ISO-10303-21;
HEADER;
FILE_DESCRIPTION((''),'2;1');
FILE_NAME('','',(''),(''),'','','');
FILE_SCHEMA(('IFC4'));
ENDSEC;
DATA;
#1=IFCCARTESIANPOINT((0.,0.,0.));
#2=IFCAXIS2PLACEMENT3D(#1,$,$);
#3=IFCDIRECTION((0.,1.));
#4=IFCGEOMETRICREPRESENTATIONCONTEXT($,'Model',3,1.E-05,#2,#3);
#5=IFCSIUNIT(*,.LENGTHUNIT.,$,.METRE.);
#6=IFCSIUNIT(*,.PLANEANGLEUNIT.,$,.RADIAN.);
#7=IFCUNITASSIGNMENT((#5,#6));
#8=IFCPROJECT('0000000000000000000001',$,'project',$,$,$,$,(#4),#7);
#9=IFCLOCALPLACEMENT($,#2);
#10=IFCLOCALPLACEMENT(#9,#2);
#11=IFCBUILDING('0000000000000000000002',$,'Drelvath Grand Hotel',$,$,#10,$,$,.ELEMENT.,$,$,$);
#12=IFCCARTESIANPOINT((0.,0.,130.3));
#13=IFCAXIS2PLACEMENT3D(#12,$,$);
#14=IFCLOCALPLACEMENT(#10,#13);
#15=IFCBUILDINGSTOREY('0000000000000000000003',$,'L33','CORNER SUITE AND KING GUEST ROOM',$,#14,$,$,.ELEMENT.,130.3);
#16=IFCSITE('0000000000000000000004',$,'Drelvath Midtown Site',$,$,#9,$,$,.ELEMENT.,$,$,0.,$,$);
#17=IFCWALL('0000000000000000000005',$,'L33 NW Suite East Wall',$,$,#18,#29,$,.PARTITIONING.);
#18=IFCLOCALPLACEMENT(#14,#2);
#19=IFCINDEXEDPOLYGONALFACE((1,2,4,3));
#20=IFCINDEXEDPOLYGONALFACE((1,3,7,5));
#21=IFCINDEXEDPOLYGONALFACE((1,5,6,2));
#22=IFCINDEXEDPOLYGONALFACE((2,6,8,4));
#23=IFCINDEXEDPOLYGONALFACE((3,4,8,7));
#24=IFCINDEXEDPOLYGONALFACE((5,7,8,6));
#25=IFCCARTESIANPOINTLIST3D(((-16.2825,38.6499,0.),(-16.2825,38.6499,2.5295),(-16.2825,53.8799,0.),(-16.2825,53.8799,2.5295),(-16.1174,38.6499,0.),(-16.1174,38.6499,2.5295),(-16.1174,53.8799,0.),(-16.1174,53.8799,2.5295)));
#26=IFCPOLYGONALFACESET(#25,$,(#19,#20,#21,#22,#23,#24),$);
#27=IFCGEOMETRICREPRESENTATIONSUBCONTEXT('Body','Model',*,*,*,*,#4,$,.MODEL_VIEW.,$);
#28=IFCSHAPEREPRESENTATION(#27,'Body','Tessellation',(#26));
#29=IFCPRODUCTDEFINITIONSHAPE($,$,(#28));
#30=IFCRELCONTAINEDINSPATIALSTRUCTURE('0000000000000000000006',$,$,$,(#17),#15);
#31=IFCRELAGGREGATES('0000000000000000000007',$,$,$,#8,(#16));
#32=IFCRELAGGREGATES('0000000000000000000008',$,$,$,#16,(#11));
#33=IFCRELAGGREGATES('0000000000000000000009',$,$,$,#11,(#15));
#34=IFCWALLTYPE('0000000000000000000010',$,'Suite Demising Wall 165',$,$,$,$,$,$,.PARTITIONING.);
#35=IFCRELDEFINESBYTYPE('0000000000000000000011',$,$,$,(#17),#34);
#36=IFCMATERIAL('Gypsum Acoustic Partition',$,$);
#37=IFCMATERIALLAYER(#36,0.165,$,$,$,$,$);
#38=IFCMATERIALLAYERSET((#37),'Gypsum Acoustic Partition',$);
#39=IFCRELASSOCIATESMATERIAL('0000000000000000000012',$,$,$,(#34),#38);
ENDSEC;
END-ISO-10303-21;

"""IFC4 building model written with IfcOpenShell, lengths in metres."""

from ifc_helpers import new_model, si_unit, direction, frame, frame_2d, origin, place, context, subcontext, project, spatial, rectangle, extrude, material, layer, layer_set, type_object, element, save


model = new_model("IFC4")

# Units and contexts
model_context = context("Model", 3, precision=1e-05, world=origin(), true_north=direction((0.0, 1.0)))
body_context = subcontext(model_context, "Body", "Model", "MODEL_VIEW")
ifc_project = project(units=[si_unit("LENGTHUNIT", "METRE"), si_unit("PLANEANGLEUNIT", "RADIAN")], contexts=[model_context])

# Site, building, storey
site_placement = place(None, origin())
site = spatial("IfcSite", under=ifc_project, at=site_placement, Name="Drelvath Midtown Site", CompositionType="ELEMENT", RefElevation=0.0)
building_placement = place(site_placement, origin())
building = spatial("IfcBuilding", under=site, at=building_placement, Name="Drelvath Grand Hotel", CompositionType="ELEMENT")
storey_placement = place(building_placement, frame((0.0, 0.0, 130.3)))
storey = spatial("IfcBuildingStorey", under=building, at=storey_placement, Name="L33", Description="CORNER SUITE AND KING GUEST ROOM", CompositionType="ELEMENT", Elevation=130.3)

# Wall
ifc_material_1 = material(Name="Gypsum Acoustic Partition")
ifc_layer_1 = layer(ifc_material_1, 0.165)
ifc_layer_set_1 = layer_set([ifc_layer_1], Name="Gypsum Acoustic Partition")
wall_type_1 = type_object("IfcWallType", Name="Suite Demising Wall 165", PredefinedType="PARTITIONING", material=ifc_layer_set_1)
wall_1_placement = place(storey_placement, frame((-16.2, 38.6499, 0.0), z_axis=(0.0, 0.0, 1.0), x_axis=(0.0, 1.0, 0.0)))
element("IfcWall", 1, at=wall_1_placement, inside=storey, type_object=wall_type_1, Name="L33 NW Suite East Wall", PredefinedType="PARTITIONING", context=body_context, shape_type="SweptSolid", body=[
    extrude(rectangle(XDim=15.23, YDim=0.165, at=frame_2d((7.615, 0.0))), origin(), (0.0, 0.0, 1.0), 2.5295),
])

save(model, "model.ifc")
